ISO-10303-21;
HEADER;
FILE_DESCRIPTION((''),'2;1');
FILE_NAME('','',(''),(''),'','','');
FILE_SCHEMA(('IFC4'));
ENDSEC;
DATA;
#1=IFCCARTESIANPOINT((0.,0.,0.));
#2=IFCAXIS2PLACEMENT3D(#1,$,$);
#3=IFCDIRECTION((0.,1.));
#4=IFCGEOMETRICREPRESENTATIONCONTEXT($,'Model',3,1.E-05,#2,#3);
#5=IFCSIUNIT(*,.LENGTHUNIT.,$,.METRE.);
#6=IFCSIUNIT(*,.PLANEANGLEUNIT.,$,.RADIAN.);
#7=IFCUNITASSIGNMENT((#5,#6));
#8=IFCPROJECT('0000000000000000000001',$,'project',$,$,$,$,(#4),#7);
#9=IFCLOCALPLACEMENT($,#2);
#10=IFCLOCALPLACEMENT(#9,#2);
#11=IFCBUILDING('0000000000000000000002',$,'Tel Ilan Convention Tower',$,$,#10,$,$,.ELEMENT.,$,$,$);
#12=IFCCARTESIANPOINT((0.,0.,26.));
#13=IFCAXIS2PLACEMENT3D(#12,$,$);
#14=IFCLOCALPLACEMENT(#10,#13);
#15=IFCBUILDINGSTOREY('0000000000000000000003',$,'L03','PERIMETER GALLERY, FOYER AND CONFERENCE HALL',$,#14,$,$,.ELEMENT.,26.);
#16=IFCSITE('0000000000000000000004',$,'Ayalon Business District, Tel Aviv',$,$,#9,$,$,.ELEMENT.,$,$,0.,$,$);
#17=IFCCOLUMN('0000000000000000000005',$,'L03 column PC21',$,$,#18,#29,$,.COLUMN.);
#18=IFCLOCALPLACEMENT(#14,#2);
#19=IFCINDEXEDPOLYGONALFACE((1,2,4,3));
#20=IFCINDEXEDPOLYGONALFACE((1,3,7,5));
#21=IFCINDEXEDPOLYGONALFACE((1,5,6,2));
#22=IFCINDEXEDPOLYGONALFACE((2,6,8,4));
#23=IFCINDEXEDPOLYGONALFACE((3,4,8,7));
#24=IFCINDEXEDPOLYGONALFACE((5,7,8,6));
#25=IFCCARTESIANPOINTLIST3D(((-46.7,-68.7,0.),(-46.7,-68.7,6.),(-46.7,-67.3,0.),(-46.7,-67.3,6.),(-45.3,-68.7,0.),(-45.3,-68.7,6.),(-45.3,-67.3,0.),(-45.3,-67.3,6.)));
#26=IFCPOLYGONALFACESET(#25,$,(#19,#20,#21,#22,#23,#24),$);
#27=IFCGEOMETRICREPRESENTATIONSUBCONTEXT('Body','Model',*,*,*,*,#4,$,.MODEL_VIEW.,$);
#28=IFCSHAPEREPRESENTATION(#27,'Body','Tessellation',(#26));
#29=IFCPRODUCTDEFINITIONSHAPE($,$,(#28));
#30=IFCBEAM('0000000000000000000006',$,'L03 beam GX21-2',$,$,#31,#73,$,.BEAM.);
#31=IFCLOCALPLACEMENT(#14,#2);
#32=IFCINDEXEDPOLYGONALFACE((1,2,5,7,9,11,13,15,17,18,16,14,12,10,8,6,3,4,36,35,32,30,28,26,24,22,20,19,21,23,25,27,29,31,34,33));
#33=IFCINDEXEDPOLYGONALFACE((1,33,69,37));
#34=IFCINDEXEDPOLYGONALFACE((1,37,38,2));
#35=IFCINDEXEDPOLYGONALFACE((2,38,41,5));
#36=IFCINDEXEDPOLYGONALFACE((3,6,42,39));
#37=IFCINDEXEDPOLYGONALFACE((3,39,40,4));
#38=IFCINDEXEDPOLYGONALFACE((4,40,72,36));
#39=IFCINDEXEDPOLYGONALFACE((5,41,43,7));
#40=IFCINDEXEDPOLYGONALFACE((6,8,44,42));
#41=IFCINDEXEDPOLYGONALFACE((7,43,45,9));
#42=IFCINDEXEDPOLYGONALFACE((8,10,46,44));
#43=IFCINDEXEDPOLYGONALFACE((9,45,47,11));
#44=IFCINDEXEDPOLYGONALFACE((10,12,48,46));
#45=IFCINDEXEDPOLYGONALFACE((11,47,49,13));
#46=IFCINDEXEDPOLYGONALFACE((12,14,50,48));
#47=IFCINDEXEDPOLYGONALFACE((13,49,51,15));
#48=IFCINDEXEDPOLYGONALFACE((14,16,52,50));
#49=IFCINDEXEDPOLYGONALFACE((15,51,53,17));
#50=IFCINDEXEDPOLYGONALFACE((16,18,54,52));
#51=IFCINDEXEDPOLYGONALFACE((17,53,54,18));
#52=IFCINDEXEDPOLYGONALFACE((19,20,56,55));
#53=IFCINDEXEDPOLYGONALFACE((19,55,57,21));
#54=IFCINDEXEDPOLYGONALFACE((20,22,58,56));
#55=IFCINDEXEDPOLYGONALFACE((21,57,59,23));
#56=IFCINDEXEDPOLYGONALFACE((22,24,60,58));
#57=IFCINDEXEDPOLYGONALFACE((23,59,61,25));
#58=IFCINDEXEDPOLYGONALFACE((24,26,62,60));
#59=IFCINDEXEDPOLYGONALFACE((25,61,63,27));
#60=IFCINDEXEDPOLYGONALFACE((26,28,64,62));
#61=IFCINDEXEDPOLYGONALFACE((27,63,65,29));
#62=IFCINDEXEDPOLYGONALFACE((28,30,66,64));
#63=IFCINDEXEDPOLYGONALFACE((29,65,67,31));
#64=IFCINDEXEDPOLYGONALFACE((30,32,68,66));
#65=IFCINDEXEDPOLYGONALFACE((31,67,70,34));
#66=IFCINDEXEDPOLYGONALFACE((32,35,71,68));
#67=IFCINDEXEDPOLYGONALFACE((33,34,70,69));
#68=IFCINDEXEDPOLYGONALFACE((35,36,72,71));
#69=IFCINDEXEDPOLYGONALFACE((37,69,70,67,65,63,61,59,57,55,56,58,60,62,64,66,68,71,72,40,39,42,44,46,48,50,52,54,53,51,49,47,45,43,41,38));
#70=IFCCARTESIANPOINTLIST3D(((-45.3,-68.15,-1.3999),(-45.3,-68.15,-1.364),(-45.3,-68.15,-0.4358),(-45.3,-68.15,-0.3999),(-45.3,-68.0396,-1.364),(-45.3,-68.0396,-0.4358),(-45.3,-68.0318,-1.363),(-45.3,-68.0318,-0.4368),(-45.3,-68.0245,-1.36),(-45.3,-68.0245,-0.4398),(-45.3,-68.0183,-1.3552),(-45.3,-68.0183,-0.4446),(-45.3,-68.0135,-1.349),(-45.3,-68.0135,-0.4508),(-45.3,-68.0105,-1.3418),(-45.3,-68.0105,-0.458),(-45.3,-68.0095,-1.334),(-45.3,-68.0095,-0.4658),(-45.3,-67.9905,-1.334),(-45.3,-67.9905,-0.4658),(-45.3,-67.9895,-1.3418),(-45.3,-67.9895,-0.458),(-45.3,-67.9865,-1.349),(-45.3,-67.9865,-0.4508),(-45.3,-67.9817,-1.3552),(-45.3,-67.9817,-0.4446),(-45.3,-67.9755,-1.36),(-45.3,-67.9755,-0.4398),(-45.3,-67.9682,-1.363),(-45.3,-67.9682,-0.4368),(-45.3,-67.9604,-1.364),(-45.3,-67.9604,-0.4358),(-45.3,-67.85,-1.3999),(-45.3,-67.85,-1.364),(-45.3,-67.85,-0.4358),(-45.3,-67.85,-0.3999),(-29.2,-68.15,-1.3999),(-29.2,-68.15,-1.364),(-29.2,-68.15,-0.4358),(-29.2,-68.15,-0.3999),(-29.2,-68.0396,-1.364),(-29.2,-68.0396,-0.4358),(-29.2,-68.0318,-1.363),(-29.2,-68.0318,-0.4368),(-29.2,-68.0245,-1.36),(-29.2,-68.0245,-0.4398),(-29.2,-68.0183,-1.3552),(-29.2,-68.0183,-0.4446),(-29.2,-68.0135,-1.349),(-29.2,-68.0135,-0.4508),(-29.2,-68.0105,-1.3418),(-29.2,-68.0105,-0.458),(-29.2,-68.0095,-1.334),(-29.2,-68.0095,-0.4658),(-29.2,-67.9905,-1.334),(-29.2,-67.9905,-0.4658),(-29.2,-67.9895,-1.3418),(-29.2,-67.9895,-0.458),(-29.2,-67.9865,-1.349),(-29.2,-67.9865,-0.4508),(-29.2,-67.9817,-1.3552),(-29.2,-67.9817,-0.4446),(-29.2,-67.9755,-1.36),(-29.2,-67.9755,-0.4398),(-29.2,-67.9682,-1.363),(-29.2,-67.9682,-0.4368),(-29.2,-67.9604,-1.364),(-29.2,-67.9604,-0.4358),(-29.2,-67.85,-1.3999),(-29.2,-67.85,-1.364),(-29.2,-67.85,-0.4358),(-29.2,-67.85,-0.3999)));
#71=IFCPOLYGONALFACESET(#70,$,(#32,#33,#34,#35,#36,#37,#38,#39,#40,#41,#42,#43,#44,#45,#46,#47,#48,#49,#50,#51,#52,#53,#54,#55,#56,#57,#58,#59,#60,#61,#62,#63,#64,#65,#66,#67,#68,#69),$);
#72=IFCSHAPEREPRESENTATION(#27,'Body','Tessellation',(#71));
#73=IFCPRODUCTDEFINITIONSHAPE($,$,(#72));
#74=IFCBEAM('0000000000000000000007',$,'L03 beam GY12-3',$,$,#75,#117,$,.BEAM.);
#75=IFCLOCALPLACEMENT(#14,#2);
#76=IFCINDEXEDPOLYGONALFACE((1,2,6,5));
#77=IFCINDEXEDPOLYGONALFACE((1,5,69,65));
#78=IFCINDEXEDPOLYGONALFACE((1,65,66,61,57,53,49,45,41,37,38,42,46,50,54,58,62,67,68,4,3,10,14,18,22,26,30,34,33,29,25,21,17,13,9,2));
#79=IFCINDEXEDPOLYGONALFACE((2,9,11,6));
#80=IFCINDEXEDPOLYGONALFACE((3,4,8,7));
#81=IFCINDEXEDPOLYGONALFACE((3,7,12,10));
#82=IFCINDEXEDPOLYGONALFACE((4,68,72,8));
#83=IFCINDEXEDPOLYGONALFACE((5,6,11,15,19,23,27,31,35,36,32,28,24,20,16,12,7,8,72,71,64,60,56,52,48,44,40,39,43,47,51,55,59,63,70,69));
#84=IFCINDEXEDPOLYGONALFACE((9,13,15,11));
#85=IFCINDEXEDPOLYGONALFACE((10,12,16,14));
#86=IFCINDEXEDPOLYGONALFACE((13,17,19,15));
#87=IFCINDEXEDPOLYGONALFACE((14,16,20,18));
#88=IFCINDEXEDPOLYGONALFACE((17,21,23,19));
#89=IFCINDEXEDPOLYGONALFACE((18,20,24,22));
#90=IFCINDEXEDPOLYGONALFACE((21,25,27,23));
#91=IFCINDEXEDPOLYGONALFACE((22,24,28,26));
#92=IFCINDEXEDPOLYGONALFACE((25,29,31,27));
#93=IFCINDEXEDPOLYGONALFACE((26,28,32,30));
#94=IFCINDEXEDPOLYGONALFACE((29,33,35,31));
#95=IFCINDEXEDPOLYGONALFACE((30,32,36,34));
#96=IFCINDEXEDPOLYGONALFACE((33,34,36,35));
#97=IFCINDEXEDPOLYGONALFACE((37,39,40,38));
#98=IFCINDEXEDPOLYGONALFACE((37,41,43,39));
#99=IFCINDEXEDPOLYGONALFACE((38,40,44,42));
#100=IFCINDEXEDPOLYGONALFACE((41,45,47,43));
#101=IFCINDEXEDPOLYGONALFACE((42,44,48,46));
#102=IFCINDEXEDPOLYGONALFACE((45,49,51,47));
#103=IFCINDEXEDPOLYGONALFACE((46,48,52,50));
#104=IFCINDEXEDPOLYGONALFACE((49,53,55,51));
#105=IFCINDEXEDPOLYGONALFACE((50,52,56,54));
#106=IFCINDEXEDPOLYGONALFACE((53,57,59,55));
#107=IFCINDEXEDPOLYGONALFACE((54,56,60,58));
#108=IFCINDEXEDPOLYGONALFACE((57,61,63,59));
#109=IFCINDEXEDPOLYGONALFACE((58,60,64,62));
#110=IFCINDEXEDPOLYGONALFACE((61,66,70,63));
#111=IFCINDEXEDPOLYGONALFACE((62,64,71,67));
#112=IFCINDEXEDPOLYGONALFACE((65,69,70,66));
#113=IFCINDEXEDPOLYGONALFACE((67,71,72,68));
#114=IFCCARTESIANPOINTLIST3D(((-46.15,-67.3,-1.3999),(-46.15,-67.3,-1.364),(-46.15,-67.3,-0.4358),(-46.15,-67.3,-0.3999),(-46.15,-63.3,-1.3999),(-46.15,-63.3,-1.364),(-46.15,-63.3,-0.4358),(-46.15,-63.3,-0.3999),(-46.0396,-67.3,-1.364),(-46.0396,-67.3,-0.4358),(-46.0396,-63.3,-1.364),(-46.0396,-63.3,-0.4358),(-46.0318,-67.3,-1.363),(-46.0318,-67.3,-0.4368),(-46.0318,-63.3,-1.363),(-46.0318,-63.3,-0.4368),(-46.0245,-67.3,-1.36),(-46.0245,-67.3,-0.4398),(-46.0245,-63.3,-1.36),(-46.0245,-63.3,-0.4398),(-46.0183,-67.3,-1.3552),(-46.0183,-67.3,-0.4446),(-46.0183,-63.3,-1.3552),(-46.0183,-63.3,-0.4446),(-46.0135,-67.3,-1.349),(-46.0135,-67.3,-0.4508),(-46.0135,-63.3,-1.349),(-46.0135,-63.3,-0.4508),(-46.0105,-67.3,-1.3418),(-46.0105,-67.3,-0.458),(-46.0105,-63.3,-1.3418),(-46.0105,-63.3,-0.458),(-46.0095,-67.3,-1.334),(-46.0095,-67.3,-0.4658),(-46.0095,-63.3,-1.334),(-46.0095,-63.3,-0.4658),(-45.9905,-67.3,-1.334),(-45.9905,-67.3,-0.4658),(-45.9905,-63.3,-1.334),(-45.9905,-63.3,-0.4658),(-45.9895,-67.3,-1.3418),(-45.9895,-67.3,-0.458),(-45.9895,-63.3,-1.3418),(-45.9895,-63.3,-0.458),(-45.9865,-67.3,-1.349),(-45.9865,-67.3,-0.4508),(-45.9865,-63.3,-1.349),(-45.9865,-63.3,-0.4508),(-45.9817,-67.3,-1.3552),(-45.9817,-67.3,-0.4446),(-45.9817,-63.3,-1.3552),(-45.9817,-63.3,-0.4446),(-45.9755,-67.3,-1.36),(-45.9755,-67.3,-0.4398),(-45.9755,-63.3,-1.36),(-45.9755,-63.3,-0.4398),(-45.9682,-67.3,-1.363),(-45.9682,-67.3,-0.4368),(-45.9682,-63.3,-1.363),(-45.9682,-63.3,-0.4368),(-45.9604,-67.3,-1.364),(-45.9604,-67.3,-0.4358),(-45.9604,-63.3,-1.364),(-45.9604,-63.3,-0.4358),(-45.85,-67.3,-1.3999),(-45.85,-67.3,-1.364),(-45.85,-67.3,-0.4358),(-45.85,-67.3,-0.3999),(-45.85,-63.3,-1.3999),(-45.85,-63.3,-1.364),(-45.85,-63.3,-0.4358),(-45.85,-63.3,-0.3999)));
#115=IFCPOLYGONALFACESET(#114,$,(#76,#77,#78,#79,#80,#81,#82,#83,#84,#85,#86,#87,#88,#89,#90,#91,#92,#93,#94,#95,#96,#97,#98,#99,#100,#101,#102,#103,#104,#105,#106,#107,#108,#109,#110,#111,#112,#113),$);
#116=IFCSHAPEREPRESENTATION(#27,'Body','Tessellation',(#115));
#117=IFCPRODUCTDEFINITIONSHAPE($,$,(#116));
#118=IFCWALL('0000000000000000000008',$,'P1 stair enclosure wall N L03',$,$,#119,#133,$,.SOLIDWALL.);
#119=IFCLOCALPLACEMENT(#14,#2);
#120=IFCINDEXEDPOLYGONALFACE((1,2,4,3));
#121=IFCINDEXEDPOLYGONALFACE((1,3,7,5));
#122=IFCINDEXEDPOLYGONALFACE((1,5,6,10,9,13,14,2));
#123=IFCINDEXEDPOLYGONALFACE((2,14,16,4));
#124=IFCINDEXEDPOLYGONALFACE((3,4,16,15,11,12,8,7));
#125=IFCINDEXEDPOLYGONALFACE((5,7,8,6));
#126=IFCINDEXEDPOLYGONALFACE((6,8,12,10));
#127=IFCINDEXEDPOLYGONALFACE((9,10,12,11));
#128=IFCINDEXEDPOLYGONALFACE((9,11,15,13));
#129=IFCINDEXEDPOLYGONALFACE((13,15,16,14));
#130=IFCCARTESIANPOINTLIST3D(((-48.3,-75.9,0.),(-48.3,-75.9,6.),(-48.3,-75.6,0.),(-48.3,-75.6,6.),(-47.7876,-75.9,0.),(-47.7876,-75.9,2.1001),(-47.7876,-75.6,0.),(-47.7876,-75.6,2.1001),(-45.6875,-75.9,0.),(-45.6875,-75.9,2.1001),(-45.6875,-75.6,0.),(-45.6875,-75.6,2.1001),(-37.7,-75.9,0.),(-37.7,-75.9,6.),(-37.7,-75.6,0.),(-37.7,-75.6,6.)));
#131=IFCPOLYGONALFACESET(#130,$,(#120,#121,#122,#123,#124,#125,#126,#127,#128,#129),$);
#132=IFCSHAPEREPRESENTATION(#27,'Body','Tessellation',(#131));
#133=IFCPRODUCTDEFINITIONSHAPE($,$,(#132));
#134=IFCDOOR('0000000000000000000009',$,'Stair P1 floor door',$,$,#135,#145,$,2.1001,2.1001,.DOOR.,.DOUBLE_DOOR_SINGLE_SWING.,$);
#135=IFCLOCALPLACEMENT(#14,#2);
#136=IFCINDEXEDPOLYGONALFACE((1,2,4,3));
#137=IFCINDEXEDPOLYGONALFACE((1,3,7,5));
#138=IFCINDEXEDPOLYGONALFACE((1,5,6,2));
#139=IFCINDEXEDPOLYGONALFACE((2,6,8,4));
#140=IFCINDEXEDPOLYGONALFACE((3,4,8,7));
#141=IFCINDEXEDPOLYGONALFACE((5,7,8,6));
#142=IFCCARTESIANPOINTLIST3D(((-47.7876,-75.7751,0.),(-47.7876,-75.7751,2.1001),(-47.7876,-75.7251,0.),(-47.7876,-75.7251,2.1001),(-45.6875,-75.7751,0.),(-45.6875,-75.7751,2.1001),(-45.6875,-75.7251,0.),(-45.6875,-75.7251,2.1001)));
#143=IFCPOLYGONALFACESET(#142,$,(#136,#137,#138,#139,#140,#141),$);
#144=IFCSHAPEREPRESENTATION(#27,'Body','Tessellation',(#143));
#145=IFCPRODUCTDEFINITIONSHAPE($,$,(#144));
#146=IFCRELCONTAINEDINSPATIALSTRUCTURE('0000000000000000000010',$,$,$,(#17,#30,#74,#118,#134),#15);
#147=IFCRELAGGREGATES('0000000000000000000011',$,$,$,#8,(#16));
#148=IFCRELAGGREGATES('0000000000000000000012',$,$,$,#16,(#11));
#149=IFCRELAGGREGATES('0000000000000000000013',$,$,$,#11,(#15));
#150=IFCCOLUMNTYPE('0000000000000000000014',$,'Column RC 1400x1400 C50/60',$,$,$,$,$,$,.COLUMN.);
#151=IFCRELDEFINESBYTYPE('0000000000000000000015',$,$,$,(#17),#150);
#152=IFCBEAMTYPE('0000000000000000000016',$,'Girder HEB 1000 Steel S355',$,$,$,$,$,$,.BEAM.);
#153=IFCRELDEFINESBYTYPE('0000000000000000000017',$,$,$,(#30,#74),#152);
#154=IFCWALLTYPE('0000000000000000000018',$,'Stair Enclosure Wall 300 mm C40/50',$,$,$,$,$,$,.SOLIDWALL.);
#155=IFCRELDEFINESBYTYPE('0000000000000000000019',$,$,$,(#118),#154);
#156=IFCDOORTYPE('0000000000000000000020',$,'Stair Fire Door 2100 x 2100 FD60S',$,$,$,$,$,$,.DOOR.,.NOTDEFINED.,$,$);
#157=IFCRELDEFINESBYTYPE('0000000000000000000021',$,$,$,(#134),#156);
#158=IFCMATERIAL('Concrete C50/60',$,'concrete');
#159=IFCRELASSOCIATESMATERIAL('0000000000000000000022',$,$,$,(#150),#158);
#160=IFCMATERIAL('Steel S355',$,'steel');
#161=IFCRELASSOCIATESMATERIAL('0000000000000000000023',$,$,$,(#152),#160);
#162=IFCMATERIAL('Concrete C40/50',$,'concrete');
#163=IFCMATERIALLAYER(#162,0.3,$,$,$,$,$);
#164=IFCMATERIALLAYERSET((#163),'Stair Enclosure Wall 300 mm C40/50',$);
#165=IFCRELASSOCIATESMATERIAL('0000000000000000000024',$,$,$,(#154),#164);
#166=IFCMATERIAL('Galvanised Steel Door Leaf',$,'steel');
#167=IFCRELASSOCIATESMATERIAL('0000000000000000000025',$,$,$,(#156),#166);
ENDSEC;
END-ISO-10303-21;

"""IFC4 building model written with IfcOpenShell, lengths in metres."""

from ifc_helpers import new_model, si_unit, direction, frame, frame_2d, origin, origin_2d, place, context, subcontext, project, spatial, rectangle, i_section, extrude, material, layer, layer_set, material_profile, profile_set, type_object, element, fill, save


model = new_model("IFC4")

# Units and contexts
model_context = context("Model", 3, precision=1e-05, world=origin(), true_north=direction((0.0, 1.0)))
body_context = subcontext(model_context, "Body", "Model", "MODEL_VIEW")
ifc_project = project(units=[si_unit("LENGTHUNIT", "METRE"), si_unit("PLANEANGLEUNIT", "RADIAN")], contexts=[model_context])

# Site, building, storey
site_placement = place(None, origin())
site = spatial("IfcSite", under=ifc_project, at=site_placement, Name="Ayalon Business District, Tel Aviv", CompositionType="ELEMENT", RefElevation=0.0)
building_placement = place(site_placement, origin())
building = spatial("IfcBuilding", under=site, at=building_placement, Name="Tel Ilan Convention Tower", CompositionType="ELEMENT")
storey_placement = place(building_placement, frame((0.0, 0.0, 26.0)))
storey = spatial("IfcBuildingStorey", under=building, at=storey_placement, Name="L03", Description="PERIMETER GALLERY, FOYER AND CONFERENCE HALL", CompositionType="ELEMENT", Elevation=26.0)

# Column
ifc_material_1 = material(Name="Concrete C50/60", Category="concrete")
ifc_material_profile_1 = material_profile(ifc_material_1, rectangle(XDim=1.3999, YDim=1.3999, at=origin_2d()), Name="RC 1400x1400")
ifc_profile_set_1 = profile_set([ifc_material_profile_1], Name="Concrete C50/60")
column_type = type_object("IfcColumnType", Name="Column RC 1400x1400 C50/60", PredefinedType="COLUMN", material=ifc_profile_set_1)
column_placement = place(storey_placement, frame((-46.0, -68.0, 0.0), z_axis=(0.0, 0.0, 1.0), x_axis=(1.0, 0.0, 0.0)))
element("IfcColumn", 1, at=column_placement, inside=storey, type_object=column_type, Name="L03 column PC21", PredefinedType="COLUMN", context=body_context, shape_type="SweptSolid", body=[
    extrude(rectangle(XDim=1.3999, YDim=1.3999, at=origin_2d()), origin(), (0.0, 0.0, 1.0), 6.0),
])

# Beams
ifc_material_2 = material(Name="Steel S355", Category="steel")
ifc_material_profile_2 = material_profile(ifc_material_2, i_section(OverallWidth=0.3, OverallDepth=1.0, WebThickness=0.019, FlangeThickness=0.0359, FilletRadius=0.03, at=origin_2d()), Name="HEB 1000")
ifc_profile_set_2 = profile_set([ifc_material_profile_2], Name="Steel S355")
beam_type = type_object("IfcBeamType", Name="Girder HEB 1000 Steel S355", PredefinedType="BEAM", material=ifc_profile_set_2)
beam_1_placement = place(storey_placement, frame((-45.3, -68.0, -0.8999), z_axis=(1.0, 0.0, 0.0), x_axis=(0.0, 1.0, 0.0)))
element("IfcBeam", 2, at=beam_1_placement, inside=storey, type_object=beam_type, Name="L03 beam GX21-2", PredefinedType="BEAM", context=body_context, shape_type="SweptSolid", body=[
    extrude(i_section(OverallWidth=0.3, OverallDepth=1.0, WebThickness=0.019, FlangeThickness=0.0359, FilletRadius=0.03, at=origin_2d()), origin(), (0.0, 0.0, 1.0), 16.1001),
])
beam_2_placement = place(storey_placement, frame((-46.0, -67.3, -0.8999), z_axis=(0.0, 1.0, 0.0), x_axis=(-1.0, 0.0, 0.0)))
element("IfcBeam", 3, at=beam_2_placement, inside=storey, type_object=beam_type, Name="L03 beam GY12-3", PredefinedType="BEAM", context=body_context, shape_type="SweptSolid", body=[
    extrude(i_section(OverallWidth=0.3, OverallDepth=1.0, WebThickness=0.019, FlangeThickness=0.0359, FilletRadius=0.03, at=origin_2d()), origin(), (0.0, 0.0, 1.0), 4.0),
])

# Wall, opening, door
ifc_material_3 = material(Name="Concrete C40/50", Category="concrete")
ifc_layer = layer(ifc_material_3, 0.3)
ifc_layer_set = layer_set([ifc_layer], Name="Stair Enclosure Wall 300 mm C40/50")
wall_type = type_object("IfcWallType", Name="Stair Enclosure Wall 300 mm C40/50", PredefinedType="SOLIDWALL", material=ifc_layer_set)
wall_placement = place(storey_placement, frame((-48.3, -75.75, 0.0), z_axis=(0.0, 0.0, 1.0), x_axis=(1.0, 0.0, 0.0)))
wall = element("IfcWall", 4, at=wall_placement, inside=storey, type_object=wall_type, Name="P1 stair enclosure wall N L03", PredefinedType="SOLIDWALL", context=body_context, shape_type="SweptSolid", body=[
    extrude(rectangle(XDim=10.6001, YDim=0.3, at=frame_2d((5.3, 0.0))), origin(), (0.0, 0.0, 1.0), 6.0),
])
opening_placement = place(wall_placement, frame((0.5125, 0.0, 0.0)))
opening = element("IfcOpeningElement", 5, at=opening_placement, cuts=wall, PredefinedType="OPENING", context=body_context, shape_type="SweptSolid", body=[
    extrude(rectangle(XDim=2.1001, YDim=2.1001, at=frame_2d((1.05, 1.05))), frame((0.0, 0.1599, 0.0), z_axis=(0.0, -1.0, 0.0), x_axis=(1.0, 0.0, 0.0)), (0.0, 0.0, 1.0), 0.3201),
])
ifc_material_4 = material(Name="Galvanised Steel Door Leaf", Category="steel")
door_type = type_object("IfcDoorType", Name="Stair Fire Door 2100 x 2100 FD60S", OperationType="NOTDEFINED", PredefinedType="DOOR", material=ifc_material_4)
door_placement = place(opening_placement, origin())
door = element("IfcDoor", 6, at=door_placement, inside=storey, type_object=door_type, Name="Stair P1 floor door", OperationType="DOUBLE_DOOR_SINGLE_SWING", OverallHeight=2.1001, OverallWidth=2.1001, PredefinedType="DOOR", context=body_context, shape_type="SweptSolid", body=[
    extrude(rectangle(XDim=2.1001, YDim=2.1001, at=frame_2d((1.05, 1.05))), frame((0.0, 0.0249, 0.0), z_axis=(0.0, -1.0, 0.0), x_axis=(1.0, 0.0, 0.0)), (0.0, 0.0, 1.0), 0.05),
])
fill(opening, door)

save(model, "model.ifc")
